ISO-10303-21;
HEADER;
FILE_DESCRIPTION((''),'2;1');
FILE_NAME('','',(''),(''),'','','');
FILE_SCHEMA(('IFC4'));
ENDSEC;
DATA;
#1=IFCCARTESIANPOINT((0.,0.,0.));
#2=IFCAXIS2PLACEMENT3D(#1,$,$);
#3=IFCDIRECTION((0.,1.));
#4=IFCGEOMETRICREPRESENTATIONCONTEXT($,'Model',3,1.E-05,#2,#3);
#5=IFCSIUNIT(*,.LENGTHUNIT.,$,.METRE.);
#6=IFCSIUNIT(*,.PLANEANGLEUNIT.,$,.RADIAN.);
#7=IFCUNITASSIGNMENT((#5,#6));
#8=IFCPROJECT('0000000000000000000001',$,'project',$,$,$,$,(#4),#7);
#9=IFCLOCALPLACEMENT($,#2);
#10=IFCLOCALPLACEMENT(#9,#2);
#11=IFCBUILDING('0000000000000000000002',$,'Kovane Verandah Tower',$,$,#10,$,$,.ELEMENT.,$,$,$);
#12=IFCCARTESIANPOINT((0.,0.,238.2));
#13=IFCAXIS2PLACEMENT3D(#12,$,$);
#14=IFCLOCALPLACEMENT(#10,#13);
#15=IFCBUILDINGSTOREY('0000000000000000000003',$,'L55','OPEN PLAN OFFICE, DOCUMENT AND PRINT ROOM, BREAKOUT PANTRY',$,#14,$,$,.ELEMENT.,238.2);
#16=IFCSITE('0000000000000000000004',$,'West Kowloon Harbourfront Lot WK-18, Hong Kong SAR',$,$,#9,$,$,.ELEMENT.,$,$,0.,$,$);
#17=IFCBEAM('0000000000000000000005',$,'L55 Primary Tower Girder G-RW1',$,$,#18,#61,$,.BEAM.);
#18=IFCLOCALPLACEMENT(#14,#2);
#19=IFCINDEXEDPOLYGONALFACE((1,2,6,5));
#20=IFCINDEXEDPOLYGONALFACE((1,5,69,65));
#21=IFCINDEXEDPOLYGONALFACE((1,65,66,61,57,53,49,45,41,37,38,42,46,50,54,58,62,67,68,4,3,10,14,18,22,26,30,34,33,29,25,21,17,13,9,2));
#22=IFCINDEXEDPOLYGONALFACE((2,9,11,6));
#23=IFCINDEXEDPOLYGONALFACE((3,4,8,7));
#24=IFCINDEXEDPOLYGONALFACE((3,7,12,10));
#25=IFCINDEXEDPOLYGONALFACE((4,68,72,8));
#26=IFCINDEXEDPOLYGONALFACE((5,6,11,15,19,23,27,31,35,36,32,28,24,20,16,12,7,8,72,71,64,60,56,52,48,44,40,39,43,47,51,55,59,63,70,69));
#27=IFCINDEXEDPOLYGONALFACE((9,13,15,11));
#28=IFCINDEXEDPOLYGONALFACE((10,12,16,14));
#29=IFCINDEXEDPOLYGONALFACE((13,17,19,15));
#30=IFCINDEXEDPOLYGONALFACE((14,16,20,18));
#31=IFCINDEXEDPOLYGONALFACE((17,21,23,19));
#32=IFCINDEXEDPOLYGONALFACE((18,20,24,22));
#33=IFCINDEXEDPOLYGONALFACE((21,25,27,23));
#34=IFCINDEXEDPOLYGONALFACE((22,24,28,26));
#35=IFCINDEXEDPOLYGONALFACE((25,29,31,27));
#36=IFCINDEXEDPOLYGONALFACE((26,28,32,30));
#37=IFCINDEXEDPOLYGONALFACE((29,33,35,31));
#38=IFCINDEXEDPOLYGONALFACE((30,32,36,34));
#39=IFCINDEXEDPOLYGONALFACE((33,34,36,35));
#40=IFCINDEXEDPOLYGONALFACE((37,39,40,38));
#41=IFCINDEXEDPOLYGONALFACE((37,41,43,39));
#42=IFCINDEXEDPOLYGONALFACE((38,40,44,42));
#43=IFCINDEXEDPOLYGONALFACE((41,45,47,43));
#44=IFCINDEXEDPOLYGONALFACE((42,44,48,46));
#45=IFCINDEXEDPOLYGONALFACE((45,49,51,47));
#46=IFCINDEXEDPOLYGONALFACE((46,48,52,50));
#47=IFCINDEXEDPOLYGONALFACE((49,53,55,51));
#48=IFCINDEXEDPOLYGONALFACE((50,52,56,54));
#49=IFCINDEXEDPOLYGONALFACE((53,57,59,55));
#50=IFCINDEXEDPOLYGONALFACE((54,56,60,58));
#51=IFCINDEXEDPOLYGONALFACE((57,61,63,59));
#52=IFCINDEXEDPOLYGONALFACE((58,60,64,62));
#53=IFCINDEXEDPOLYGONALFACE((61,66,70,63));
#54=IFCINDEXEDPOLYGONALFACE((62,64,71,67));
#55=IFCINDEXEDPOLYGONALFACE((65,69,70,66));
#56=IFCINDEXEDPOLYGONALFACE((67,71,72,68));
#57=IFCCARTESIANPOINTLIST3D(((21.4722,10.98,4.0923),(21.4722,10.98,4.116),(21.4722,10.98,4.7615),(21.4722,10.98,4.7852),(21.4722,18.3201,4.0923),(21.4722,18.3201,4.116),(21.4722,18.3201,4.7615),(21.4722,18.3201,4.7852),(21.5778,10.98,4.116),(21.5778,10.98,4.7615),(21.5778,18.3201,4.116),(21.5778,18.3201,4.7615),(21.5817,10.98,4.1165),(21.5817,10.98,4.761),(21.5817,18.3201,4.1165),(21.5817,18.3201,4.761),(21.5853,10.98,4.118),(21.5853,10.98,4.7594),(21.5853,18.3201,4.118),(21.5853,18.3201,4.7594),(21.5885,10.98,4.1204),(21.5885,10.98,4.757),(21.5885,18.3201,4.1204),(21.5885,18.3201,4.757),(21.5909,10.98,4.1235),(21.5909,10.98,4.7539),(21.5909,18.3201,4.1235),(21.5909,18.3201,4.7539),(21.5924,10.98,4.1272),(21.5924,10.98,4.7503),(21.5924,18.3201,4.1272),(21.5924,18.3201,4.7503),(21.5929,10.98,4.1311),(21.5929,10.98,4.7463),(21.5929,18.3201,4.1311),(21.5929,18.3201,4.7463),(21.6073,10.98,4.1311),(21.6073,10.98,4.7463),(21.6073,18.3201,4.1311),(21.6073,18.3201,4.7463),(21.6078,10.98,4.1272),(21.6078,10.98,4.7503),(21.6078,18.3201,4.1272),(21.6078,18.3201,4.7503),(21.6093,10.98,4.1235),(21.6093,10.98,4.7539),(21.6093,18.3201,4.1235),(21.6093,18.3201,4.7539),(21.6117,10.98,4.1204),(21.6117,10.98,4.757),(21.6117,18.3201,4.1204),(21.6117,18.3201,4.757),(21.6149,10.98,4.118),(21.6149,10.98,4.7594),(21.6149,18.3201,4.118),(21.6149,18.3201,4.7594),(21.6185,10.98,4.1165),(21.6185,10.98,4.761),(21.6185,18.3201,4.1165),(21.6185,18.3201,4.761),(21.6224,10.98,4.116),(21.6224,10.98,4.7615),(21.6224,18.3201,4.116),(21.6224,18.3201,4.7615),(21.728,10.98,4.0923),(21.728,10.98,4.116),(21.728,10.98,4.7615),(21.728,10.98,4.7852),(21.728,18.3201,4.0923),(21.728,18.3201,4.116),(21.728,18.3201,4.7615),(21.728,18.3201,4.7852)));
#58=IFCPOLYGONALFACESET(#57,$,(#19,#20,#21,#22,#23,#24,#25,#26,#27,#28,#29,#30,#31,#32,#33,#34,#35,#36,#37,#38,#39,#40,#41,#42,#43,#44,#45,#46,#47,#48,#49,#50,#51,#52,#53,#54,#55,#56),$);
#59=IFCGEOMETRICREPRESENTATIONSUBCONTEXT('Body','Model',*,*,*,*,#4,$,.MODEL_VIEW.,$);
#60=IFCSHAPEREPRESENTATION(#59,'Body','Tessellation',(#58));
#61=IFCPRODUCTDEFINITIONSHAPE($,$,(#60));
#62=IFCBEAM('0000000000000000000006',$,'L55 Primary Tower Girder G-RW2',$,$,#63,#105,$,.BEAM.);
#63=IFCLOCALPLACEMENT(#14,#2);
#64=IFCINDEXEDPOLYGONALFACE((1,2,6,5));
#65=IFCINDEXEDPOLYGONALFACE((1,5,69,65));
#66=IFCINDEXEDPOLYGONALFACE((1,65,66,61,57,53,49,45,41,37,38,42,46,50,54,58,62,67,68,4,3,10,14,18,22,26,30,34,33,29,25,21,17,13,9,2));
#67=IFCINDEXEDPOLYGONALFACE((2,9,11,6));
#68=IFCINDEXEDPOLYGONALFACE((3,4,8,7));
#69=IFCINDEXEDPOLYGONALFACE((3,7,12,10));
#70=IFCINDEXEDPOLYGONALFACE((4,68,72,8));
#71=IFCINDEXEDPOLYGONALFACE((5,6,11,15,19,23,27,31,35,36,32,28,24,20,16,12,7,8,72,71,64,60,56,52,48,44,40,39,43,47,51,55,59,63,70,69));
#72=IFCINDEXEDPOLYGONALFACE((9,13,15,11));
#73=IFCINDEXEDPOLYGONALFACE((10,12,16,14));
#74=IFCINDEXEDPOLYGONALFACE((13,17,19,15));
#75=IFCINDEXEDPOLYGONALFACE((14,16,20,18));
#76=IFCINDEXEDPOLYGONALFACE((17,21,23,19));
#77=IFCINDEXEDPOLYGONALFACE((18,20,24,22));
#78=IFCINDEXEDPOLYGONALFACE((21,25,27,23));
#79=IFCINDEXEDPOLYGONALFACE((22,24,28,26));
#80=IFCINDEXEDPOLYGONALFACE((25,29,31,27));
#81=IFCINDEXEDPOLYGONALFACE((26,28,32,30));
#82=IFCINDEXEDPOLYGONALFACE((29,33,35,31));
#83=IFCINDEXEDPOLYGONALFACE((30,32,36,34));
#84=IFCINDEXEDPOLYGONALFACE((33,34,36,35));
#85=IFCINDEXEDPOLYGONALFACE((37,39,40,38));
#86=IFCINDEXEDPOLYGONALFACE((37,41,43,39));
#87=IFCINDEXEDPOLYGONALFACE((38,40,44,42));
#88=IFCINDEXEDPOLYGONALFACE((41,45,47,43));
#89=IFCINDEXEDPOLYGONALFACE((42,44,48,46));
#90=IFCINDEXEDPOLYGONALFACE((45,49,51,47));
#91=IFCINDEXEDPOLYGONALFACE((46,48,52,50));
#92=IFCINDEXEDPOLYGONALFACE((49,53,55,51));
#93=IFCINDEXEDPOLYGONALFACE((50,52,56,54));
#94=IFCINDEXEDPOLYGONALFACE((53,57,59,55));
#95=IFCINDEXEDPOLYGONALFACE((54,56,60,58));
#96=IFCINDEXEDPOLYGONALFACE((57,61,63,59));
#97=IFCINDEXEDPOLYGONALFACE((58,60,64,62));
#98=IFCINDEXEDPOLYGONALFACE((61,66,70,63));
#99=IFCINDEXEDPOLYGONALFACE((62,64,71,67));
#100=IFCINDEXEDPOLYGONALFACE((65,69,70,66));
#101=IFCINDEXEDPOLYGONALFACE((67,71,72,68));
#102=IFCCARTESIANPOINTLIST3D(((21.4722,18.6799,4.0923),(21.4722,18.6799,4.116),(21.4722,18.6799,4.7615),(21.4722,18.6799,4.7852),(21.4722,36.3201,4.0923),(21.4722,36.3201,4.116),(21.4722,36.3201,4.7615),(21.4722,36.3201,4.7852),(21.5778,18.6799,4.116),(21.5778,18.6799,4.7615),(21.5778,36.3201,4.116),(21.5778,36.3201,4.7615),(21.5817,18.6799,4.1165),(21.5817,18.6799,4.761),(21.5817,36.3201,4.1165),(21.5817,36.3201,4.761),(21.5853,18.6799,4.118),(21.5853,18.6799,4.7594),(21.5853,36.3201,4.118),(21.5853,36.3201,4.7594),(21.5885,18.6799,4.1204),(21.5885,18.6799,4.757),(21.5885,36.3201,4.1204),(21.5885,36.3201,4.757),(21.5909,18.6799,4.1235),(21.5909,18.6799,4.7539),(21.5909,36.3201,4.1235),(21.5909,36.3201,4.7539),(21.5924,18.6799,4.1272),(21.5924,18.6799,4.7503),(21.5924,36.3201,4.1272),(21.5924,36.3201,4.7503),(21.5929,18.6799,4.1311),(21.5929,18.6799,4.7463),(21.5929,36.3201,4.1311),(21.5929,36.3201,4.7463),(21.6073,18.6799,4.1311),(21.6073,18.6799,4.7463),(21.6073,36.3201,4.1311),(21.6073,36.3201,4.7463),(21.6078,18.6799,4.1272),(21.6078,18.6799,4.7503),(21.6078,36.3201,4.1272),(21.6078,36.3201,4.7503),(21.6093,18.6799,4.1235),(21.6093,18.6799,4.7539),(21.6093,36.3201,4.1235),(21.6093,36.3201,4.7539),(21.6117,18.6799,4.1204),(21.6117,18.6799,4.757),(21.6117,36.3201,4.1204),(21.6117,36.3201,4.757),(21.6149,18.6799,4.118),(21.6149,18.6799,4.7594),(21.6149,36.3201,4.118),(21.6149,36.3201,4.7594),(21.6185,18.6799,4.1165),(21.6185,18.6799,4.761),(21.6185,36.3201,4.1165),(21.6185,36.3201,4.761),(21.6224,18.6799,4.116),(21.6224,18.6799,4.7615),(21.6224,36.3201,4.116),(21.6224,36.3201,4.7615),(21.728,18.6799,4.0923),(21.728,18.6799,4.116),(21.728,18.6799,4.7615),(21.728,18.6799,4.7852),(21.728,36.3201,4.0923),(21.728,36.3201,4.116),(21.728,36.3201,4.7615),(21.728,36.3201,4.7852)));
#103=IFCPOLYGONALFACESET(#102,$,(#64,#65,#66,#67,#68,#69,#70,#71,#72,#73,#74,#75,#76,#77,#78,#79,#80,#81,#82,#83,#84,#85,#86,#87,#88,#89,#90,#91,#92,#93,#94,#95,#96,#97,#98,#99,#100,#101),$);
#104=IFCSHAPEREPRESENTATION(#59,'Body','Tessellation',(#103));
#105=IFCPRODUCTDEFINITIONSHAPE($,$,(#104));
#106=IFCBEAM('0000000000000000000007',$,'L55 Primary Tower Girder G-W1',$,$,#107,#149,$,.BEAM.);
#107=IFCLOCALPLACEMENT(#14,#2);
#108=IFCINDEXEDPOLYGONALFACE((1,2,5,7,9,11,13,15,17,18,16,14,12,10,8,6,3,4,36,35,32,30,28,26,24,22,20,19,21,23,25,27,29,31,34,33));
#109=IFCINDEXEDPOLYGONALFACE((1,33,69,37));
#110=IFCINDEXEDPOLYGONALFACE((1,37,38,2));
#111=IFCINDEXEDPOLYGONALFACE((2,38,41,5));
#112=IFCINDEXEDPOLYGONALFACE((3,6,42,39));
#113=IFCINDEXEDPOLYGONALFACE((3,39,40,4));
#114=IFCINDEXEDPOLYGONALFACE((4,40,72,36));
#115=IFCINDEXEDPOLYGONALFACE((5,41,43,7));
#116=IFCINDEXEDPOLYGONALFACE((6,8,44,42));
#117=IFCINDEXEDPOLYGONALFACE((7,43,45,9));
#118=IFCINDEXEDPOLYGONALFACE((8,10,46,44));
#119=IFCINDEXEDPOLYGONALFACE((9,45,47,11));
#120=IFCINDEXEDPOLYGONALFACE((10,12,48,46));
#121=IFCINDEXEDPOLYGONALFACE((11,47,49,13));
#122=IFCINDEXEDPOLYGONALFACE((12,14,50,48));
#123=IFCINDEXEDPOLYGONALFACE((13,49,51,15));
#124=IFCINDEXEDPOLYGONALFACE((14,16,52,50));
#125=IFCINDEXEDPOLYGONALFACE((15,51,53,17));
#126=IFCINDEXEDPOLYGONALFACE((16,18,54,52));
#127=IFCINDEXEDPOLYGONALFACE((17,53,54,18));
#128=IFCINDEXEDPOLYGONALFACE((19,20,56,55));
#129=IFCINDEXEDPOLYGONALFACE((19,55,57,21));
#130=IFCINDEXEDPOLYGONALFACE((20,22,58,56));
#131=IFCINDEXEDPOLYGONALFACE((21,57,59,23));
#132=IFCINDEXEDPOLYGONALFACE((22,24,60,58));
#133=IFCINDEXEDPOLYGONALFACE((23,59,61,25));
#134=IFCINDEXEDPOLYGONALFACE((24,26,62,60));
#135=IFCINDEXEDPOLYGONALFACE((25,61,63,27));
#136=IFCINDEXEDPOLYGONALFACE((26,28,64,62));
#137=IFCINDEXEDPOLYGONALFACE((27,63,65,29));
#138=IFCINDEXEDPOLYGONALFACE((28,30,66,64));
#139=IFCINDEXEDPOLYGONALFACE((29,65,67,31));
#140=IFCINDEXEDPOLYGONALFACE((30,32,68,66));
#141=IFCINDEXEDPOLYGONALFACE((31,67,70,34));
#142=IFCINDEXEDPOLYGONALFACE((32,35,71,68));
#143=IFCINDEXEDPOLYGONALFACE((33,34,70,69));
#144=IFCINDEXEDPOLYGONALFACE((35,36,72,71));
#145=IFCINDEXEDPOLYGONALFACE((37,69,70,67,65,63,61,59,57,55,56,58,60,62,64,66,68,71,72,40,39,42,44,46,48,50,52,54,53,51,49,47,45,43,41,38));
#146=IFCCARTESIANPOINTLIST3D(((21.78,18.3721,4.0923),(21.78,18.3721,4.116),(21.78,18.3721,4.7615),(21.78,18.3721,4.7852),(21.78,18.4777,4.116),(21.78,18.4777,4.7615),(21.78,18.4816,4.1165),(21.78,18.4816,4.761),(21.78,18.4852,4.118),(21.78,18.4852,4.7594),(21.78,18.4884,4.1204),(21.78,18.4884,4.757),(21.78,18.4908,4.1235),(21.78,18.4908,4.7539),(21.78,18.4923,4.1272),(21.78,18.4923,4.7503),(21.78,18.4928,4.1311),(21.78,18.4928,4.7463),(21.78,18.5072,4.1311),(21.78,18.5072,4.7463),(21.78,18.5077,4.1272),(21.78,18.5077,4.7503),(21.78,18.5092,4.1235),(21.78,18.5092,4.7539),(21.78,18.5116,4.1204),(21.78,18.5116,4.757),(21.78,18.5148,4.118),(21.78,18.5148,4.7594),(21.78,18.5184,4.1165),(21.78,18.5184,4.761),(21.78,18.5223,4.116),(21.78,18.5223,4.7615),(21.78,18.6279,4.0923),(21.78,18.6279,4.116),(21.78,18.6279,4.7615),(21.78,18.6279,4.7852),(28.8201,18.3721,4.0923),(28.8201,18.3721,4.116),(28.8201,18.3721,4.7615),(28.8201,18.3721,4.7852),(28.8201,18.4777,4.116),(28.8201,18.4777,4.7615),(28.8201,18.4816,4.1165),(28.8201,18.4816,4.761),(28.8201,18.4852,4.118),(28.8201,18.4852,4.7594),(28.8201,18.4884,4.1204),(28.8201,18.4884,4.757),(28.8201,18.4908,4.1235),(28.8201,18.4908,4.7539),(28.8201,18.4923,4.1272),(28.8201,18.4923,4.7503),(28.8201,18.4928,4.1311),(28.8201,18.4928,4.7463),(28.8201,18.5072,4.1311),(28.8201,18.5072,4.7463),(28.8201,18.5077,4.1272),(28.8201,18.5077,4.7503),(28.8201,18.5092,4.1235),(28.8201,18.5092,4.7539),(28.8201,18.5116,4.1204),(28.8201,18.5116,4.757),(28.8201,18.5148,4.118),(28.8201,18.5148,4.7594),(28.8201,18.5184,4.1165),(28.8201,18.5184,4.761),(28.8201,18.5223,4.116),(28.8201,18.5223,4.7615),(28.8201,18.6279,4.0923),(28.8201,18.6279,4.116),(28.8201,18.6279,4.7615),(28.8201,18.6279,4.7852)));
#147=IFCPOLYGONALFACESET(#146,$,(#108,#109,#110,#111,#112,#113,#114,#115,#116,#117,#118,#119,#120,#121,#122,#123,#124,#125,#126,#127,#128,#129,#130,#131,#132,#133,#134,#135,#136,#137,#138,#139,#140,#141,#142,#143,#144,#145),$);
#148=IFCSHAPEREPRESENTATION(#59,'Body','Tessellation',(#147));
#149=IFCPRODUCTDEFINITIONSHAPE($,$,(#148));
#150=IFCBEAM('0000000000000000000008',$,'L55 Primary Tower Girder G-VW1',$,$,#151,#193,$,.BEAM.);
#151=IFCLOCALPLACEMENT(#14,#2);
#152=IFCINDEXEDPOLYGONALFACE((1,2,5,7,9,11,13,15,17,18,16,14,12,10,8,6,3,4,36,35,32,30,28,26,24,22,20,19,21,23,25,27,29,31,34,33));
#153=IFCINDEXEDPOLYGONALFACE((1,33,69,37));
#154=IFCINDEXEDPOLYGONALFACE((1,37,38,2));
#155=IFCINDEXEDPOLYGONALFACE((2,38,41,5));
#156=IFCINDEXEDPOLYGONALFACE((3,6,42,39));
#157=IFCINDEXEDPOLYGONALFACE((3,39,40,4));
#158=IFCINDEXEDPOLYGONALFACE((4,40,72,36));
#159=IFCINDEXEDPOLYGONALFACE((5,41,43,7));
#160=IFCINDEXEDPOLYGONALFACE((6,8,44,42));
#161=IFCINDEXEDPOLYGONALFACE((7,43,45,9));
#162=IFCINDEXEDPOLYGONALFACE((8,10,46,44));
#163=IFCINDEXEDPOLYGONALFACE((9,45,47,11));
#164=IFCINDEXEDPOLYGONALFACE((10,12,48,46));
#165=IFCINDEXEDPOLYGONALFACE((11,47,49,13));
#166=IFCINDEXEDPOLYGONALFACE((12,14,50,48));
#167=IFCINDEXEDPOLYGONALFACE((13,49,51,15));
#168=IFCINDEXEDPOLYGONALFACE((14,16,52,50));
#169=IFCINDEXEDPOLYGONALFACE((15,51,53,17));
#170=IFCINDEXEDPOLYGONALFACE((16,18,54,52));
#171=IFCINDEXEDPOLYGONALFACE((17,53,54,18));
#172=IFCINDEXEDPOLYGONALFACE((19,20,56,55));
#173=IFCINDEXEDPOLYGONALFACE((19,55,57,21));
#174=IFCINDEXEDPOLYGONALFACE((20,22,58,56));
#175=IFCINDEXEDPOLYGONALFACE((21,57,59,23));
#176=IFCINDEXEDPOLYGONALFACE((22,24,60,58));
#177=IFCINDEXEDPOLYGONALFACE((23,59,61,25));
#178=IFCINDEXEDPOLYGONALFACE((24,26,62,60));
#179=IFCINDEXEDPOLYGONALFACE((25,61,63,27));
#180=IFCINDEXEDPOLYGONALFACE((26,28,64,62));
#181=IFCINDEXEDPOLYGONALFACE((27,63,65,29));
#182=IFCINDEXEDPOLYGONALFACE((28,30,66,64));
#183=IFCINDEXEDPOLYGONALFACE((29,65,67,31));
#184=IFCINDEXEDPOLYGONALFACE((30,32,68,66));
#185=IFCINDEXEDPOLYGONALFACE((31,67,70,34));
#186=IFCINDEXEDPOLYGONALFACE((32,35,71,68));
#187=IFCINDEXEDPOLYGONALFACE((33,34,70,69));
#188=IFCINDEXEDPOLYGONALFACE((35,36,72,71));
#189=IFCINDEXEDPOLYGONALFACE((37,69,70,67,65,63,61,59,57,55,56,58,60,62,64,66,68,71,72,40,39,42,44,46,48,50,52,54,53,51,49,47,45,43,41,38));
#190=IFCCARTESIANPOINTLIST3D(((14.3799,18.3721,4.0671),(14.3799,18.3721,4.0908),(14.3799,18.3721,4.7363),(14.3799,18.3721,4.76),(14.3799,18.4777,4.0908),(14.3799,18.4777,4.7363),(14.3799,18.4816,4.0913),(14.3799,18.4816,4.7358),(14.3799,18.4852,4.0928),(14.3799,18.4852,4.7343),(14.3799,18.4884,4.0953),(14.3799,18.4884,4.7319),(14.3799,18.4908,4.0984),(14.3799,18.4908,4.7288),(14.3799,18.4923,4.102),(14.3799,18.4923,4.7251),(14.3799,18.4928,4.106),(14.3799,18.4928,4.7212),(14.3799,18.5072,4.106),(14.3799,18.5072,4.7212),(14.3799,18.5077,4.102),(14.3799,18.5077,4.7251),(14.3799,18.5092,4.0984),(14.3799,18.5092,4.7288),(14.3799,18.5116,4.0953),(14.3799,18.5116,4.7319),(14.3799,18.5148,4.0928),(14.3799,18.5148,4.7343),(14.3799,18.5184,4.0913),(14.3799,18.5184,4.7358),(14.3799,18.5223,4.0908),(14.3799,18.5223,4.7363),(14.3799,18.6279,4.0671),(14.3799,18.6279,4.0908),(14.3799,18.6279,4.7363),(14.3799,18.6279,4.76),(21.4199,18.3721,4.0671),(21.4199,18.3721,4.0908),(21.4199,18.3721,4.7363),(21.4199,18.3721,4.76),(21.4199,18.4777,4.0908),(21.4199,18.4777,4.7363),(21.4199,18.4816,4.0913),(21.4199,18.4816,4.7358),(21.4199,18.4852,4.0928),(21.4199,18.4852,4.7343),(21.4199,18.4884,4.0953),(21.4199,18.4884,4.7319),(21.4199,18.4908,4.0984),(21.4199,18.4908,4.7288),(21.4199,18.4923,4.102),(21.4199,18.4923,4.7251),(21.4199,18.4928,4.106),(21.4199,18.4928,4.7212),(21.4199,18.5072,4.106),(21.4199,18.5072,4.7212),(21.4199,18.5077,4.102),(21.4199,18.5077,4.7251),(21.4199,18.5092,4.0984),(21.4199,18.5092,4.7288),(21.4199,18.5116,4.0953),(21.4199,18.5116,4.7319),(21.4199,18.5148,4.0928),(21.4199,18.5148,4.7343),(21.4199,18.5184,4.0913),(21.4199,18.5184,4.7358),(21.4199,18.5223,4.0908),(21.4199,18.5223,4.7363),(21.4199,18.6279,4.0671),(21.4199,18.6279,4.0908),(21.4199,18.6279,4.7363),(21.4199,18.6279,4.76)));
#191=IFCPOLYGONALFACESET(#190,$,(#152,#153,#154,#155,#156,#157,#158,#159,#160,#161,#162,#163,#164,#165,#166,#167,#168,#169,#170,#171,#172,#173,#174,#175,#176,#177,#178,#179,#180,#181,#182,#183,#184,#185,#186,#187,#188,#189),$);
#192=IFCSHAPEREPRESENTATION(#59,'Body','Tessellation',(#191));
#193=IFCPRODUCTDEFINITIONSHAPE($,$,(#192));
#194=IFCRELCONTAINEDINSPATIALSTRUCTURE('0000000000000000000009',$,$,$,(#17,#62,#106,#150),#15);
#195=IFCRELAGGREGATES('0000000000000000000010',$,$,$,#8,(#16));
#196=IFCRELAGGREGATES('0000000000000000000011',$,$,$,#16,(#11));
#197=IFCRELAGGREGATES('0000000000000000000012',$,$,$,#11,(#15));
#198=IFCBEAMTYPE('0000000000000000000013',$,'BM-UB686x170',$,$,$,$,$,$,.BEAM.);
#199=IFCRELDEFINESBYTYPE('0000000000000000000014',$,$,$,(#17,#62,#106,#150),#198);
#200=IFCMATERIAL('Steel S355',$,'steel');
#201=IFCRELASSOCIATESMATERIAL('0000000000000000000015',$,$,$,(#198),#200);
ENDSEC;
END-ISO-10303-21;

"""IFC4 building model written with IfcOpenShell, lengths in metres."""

from ifc_helpers import new_model, si_unit, direction, frame, origin, origin_2d, place, context, subcontext, project, spatial, i_section, extrude, material, material_profile, profile_set, type_object, element, save


model = new_model("IFC4")

# Units and contexts
model_context = context("Model", 3, precision=1e-05, world=origin(), true_north=direction((0.0, 1.0)))
body_context = subcontext(model_context, "Body", "Model", "MODEL_VIEW")
ifc_project = project(units=[si_unit("LENGTHUNIT", "METRE"), si_unit("PLANEANGLEUNIT", "RADIAN")], contexts=[model_context])

# Site, building, storey
site_placement = place(None, origin())
site = spatial("IfcSite", under=ifc_project, at=site_placement, Name="West Kowloon Harbourfront Lot WK-18, Hong Kong SAR", CompositionType="ELEMENT", RefElevation=0.0)
building_placement = place(site_placement, origin())
building = spatial("IfcBuilding", under=site, at=building_placement, Name="Kovane Verandah Tower", CompositionType="ELEMENT")
storey_placement = place(building_placement, frame((0.0, 0.0, 238.2)))
storey = spatial("IfcBuildingStorey", under=building, at=storey_placement, Name="L55", Description="OPEN PLAN OFFICE, DOCUMENT AND PRINT ROOM, BREAKOUT PANTRY", CompositionType="ELEMENT", Elevation=238.2)

# Beams
ifc_material_1 = material(Name="Steel S355", Category="steel")
ifc_material_profile_1 = material_profile(ifc_material_1, i_section(OverallWidth=0.2559, OverallDepth=0.6929, WebThickness=0.0144, FlangeThickness=0.0237, FilletRadius=0.0151, at=origin_2d()), Name="UB686x254x170")
ifc_profile_set_1 = profile_set([ifc_material_profile_1], Name="Steel S355")
beam_type_1 = type_object("IfcBeamType", Name="BM-UB686x170", PredefinedType="BEAM", material=ifc_profile_set_1)
beam_1_placement = place(storey_placement, frame((21.6001, 10.98, 4.4387), z_axis=(0.0, 1.0, 0.0), x_axis=(-1.0, 0.0, 0.0)))
element("IfcBeam", 1, at=beam_1_placement, inside=storey, type_object=beam_type_1, Name="L55 Primary Tower Girder G-RW1", PredefinedType="BEAM", context=body_context, shape_type="SweptSolid", body=[
    extrude(i_section(OverallWidth=0.2559, OverallDepth=0.6929, WebThickness=0.0144, FlangeThickness=0.0237, FilletRadius=0.0151, at=origin_2d()), origin(), (0.0, 0.0, 1.0), 7.3401),
])
beam_2_placement = place(storey_placement, frame((21.6001, 18.6799, 4.4387), z_axis=(0.0, 1.0, 0.0), x_axis=(-1.0, 0.0, 0.0)))
element("IfcBeam", 2, at=beam_2_placement, inside=storey, type_object=beam_type_1, Name="L55 Primary Tower Girder G-RW2", PredefinedType="BEAM", context=body_context, shape_type="SweptSolid", body=[
    extrude(i_section(OverallWidth=0.2559, OverallDepth=0.6929, WebThickness=0.0144, FlangeThickness=0.0237, FilletRadius=0.0151, at=origin_2d()), origin(), (0.0, 0.0, 1.0), 17.6401),
])
for number, where, z_axis, x_axis, name in (
    (3, (28.8201, 18.5, 4.4387), (-1.0, 0.0, 0.0), (0.0, -1.0, 0.0), "L55 Primary Tower Girder G-W1"),
    (4, (21.4199, 18.5, 4.4136), (-1.0, 0.0, 0.0), (0.0, -1.0, 0.0), "L55 Primary Tower Girder G-VW1"),
):
    element("IfcBeam", number, at=place(storey_placement, frame(where, z_axis=z_axis, x_axis=x_axis)), inside=storey, type_object=beam_type_1, Name=name, PredefinedType="BEAM", context=body_context, shape_type="SweptSolid", body=[
        extrude(i_section(OverallWidth=0.2559, OverallDepth=0.6929, WebThickness=0.0144, FlangeThickness=0.0237, FilletRadius=0.0151, at=origin_2d()), origin(), (0.0, 0.0, 1.0), 7.04),
    ])

save(model, "model.ifc")
